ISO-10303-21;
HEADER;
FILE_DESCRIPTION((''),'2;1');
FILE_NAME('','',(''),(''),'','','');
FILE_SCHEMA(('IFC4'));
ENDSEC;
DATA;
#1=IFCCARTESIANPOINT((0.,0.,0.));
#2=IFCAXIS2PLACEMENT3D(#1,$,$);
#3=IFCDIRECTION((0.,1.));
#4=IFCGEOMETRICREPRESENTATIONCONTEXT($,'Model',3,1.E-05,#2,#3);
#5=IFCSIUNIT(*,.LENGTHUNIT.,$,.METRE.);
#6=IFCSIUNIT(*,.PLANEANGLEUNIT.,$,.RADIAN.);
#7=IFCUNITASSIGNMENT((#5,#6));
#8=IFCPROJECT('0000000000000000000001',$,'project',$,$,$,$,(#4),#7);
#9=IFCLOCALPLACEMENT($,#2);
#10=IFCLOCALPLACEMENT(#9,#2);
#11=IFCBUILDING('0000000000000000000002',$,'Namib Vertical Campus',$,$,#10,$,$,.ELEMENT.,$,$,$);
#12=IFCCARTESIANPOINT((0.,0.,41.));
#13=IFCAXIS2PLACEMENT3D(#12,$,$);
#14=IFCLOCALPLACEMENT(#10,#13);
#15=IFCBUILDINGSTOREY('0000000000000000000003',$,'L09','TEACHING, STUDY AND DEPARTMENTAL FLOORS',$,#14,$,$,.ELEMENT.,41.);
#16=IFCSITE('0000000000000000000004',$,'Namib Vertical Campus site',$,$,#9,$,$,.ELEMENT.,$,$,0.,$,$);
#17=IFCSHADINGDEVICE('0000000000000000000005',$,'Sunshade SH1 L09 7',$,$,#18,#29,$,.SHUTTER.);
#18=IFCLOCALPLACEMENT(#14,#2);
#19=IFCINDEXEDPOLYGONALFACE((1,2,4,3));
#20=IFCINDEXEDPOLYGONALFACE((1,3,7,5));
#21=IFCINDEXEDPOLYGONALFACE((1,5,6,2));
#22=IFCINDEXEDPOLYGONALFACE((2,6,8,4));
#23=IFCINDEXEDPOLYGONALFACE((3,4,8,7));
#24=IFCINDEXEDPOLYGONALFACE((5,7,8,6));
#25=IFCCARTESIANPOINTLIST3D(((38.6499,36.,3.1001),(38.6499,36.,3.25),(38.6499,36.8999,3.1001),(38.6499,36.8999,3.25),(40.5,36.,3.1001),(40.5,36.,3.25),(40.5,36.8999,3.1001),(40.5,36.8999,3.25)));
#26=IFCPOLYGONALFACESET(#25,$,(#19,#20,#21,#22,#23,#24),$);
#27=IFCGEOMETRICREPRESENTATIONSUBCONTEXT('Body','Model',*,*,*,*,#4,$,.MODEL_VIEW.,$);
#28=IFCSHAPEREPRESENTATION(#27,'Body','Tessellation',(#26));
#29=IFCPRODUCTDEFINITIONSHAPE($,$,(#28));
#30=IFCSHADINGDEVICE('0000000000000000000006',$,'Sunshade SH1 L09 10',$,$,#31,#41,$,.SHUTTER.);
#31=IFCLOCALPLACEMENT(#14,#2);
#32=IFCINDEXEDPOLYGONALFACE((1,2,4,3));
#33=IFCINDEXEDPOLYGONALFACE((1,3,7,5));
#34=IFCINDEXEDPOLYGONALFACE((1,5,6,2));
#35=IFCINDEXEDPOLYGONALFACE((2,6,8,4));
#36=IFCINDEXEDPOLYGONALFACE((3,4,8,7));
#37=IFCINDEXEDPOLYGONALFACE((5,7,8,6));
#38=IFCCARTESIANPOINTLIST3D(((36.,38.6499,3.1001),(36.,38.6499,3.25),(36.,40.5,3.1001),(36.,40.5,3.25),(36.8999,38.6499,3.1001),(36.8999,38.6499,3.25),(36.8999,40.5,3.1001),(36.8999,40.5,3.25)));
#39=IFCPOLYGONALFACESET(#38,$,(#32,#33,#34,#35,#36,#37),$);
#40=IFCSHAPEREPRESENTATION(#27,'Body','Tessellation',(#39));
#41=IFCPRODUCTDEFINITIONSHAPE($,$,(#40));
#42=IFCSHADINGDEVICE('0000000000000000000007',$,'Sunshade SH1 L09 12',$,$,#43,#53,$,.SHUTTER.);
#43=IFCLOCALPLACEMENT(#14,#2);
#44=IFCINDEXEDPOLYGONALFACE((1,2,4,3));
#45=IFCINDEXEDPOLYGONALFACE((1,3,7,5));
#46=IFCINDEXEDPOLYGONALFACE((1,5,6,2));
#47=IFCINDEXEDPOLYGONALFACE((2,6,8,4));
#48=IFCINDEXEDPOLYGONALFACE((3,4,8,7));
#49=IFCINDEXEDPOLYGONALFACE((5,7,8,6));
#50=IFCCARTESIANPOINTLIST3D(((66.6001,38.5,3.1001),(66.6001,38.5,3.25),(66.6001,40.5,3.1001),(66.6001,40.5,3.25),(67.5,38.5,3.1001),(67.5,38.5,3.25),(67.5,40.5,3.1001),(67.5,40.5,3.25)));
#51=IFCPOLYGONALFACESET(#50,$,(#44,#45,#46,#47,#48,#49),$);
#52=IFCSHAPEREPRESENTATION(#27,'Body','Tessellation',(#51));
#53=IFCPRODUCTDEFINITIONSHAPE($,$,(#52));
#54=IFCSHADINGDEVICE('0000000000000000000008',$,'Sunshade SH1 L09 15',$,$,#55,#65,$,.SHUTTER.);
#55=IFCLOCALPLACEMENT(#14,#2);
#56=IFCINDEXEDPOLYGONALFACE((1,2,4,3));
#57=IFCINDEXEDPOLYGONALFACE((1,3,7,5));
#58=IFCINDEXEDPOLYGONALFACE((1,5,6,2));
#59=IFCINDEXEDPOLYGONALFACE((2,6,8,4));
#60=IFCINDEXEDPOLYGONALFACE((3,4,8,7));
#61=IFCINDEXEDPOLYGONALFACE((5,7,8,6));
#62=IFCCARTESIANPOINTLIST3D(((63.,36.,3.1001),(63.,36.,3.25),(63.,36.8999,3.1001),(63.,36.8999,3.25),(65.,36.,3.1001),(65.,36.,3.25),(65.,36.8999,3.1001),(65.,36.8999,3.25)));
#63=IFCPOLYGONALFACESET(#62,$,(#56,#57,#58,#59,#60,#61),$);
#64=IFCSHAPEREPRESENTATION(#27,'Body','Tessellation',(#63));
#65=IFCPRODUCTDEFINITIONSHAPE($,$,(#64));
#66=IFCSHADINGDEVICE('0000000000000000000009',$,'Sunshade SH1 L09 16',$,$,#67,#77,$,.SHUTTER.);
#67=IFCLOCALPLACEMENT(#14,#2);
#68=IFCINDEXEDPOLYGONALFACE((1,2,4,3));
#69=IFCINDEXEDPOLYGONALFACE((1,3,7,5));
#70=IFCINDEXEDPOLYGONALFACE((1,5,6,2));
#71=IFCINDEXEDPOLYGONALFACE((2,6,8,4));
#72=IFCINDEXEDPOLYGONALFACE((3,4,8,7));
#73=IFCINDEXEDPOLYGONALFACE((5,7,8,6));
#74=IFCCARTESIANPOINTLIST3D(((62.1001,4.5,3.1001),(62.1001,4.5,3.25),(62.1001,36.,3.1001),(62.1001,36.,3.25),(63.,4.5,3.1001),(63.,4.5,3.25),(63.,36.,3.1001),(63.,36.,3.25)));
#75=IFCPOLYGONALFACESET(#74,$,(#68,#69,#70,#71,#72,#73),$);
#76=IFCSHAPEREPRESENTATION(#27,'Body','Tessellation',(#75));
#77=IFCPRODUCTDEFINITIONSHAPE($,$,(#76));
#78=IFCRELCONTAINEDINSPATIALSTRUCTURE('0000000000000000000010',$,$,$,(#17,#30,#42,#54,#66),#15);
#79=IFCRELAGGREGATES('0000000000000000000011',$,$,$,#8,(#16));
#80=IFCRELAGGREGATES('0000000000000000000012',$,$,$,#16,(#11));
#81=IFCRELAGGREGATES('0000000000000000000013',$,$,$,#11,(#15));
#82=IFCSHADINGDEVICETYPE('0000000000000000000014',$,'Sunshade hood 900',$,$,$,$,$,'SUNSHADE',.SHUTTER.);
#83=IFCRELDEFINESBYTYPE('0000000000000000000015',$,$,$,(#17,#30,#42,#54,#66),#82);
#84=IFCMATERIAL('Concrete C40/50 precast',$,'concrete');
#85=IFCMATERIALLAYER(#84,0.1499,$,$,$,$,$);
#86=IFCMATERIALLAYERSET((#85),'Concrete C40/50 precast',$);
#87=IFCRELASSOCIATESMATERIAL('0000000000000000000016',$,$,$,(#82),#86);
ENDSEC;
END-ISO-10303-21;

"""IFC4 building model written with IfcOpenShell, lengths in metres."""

from ifc_helpers import new_model, si_unit, direction, frame, origin, origin_2d, place, context, subcontext, project, spatial, rectangle, extrude, material, layer, layer_set, type_object, element, save


model = new_model("IFC4")

# Units and contexts
model_context = context("Model", 3, precision=1e-05, world=origin(), true_north=direction((0.0, 1.0)))
body_context = subcontext(model_context, "Body", "Model", "MODEL_VIEW")
ifc_project = project(units=[si_unit("LENGTHUNIT", "METRE"), si_unit("PLANEANGLEUNIT", "RADIAN")], contexts=[model_context])

# Site, building, storey
site_placement = place(None, origin())
site = spatial("IfcSite", under=ifc_project, at=site_placement, Name="Namib Vertical Campus site", CompositionType="ELEMENT", RefElevation=0.0)
building_placement = place(site_placement, origin())
building = spatial("IfcBuilding", under=site, at=building_placement, Name="Namib Vertical Campus", CompositionType="ELEMENT")
storey_placement = place(building_placement, frame((0.0, 0.0, 41.0)))
storey = spatial("IfcBuildingStorey", under=building, at=storey_placement, Name="L09", Description="TEACHING, STUDY AND DEPARTMENTAL FLOORS", CompositionType="ELEMENT", Elevation=41.0)

# Shading devices
ifc_material_1 = material(Name="Concrete C40/50 precast", Category="concrete")
ifc_layer_1 = layer(ifc_material_1, 0.1499)
ifc_layer_set_1 = layer_set([ifc_layer_1], Name="Concrete C40/50 precast")
shading_device_type = type_object("IfcShadingDeviceType", Name="Sunshade hood 900", ElementType="SUNSHADE", PredefinedType="SHUTTER", material=ifc_layer_set_1)
for number, where, z_axis, x_axis, name in (
    (1, (39.575, 36.45, 3.1001), (0.0, 0.0, 1.0), (-1.0, 0.0, 0.0), "Sunshade SH1 L09 7"),
    (2, (36.45, 39.575, 3.1001), (0.0, 0.0, 1.0), (0.0, 1.0, 0.0), "Sunshade SH1 L09 10"),
):
    element("IfcShadingDevice", number, at=place(storey_placement, frame(where, z_axis=z_axis, x_axis=x_axis)), inside=storey, type_object=shading_device_type, Name=name, PredefinedType="SHUTTER", context=body_context, shape_type="SweptSolid", body=[
        extrude(rectangle(XDim=1.8501, YDim=0.8999, at=origin_2d()), origin(), (0.0, 0.0, 1.0), 0.1499),
    ])
for number, where, z_axis, x_axis, name in (
    (3, (67.05, 39.5, 3.1001), (0.0, 0.0, 1.0), (0.0, -1.0, 0.0), "Sunshade SH1 L09 12"),
    (4, (64.0, 36.45, 3.1001), (0.0, 0.0, 1.0), (-1.0, 0.0, 0.0), "Sunshade SH1 L09 15"),
):
    element("IfcShadingDevice", number, at=place(storey_placement, frame(where, z_axis=z_axis, x_axis=x_axis)), inside=storey, type_object=shading_device_type, Name=name, PredefinedType="SHUTTER", context=body_context, shape_type="SweptSolid", body=[
        extrude(rectangle(XDim=2.0, YDim=0.8999, at=origin_2d()), origin(), (0.0, 0.0, 1.0), 0.1499),
    ])
shading_device_1_placement = place(storey_placement, frame((62.55, 20.25, 3.1001), z_axis=(0.0, 0.0, 1.0), x_axis=(0.0, -1.0, 0.0)))
element("IfcShadingDevice", 5, at=shading_device_1_placement, inside=storey, type_object=shading_device_type, Name="Sunshade SH1 L09 16", PredefinedType="SHUTTER", context=body_context, shape_type="SweptSolid", body=[
    extrude(rectangle(XDim=31.5, YDim=0.8999, at=origin_2d()), origin(), (0.0, 0.0, 1.0), 0.1499),
])

save(model, "model.ifc")
